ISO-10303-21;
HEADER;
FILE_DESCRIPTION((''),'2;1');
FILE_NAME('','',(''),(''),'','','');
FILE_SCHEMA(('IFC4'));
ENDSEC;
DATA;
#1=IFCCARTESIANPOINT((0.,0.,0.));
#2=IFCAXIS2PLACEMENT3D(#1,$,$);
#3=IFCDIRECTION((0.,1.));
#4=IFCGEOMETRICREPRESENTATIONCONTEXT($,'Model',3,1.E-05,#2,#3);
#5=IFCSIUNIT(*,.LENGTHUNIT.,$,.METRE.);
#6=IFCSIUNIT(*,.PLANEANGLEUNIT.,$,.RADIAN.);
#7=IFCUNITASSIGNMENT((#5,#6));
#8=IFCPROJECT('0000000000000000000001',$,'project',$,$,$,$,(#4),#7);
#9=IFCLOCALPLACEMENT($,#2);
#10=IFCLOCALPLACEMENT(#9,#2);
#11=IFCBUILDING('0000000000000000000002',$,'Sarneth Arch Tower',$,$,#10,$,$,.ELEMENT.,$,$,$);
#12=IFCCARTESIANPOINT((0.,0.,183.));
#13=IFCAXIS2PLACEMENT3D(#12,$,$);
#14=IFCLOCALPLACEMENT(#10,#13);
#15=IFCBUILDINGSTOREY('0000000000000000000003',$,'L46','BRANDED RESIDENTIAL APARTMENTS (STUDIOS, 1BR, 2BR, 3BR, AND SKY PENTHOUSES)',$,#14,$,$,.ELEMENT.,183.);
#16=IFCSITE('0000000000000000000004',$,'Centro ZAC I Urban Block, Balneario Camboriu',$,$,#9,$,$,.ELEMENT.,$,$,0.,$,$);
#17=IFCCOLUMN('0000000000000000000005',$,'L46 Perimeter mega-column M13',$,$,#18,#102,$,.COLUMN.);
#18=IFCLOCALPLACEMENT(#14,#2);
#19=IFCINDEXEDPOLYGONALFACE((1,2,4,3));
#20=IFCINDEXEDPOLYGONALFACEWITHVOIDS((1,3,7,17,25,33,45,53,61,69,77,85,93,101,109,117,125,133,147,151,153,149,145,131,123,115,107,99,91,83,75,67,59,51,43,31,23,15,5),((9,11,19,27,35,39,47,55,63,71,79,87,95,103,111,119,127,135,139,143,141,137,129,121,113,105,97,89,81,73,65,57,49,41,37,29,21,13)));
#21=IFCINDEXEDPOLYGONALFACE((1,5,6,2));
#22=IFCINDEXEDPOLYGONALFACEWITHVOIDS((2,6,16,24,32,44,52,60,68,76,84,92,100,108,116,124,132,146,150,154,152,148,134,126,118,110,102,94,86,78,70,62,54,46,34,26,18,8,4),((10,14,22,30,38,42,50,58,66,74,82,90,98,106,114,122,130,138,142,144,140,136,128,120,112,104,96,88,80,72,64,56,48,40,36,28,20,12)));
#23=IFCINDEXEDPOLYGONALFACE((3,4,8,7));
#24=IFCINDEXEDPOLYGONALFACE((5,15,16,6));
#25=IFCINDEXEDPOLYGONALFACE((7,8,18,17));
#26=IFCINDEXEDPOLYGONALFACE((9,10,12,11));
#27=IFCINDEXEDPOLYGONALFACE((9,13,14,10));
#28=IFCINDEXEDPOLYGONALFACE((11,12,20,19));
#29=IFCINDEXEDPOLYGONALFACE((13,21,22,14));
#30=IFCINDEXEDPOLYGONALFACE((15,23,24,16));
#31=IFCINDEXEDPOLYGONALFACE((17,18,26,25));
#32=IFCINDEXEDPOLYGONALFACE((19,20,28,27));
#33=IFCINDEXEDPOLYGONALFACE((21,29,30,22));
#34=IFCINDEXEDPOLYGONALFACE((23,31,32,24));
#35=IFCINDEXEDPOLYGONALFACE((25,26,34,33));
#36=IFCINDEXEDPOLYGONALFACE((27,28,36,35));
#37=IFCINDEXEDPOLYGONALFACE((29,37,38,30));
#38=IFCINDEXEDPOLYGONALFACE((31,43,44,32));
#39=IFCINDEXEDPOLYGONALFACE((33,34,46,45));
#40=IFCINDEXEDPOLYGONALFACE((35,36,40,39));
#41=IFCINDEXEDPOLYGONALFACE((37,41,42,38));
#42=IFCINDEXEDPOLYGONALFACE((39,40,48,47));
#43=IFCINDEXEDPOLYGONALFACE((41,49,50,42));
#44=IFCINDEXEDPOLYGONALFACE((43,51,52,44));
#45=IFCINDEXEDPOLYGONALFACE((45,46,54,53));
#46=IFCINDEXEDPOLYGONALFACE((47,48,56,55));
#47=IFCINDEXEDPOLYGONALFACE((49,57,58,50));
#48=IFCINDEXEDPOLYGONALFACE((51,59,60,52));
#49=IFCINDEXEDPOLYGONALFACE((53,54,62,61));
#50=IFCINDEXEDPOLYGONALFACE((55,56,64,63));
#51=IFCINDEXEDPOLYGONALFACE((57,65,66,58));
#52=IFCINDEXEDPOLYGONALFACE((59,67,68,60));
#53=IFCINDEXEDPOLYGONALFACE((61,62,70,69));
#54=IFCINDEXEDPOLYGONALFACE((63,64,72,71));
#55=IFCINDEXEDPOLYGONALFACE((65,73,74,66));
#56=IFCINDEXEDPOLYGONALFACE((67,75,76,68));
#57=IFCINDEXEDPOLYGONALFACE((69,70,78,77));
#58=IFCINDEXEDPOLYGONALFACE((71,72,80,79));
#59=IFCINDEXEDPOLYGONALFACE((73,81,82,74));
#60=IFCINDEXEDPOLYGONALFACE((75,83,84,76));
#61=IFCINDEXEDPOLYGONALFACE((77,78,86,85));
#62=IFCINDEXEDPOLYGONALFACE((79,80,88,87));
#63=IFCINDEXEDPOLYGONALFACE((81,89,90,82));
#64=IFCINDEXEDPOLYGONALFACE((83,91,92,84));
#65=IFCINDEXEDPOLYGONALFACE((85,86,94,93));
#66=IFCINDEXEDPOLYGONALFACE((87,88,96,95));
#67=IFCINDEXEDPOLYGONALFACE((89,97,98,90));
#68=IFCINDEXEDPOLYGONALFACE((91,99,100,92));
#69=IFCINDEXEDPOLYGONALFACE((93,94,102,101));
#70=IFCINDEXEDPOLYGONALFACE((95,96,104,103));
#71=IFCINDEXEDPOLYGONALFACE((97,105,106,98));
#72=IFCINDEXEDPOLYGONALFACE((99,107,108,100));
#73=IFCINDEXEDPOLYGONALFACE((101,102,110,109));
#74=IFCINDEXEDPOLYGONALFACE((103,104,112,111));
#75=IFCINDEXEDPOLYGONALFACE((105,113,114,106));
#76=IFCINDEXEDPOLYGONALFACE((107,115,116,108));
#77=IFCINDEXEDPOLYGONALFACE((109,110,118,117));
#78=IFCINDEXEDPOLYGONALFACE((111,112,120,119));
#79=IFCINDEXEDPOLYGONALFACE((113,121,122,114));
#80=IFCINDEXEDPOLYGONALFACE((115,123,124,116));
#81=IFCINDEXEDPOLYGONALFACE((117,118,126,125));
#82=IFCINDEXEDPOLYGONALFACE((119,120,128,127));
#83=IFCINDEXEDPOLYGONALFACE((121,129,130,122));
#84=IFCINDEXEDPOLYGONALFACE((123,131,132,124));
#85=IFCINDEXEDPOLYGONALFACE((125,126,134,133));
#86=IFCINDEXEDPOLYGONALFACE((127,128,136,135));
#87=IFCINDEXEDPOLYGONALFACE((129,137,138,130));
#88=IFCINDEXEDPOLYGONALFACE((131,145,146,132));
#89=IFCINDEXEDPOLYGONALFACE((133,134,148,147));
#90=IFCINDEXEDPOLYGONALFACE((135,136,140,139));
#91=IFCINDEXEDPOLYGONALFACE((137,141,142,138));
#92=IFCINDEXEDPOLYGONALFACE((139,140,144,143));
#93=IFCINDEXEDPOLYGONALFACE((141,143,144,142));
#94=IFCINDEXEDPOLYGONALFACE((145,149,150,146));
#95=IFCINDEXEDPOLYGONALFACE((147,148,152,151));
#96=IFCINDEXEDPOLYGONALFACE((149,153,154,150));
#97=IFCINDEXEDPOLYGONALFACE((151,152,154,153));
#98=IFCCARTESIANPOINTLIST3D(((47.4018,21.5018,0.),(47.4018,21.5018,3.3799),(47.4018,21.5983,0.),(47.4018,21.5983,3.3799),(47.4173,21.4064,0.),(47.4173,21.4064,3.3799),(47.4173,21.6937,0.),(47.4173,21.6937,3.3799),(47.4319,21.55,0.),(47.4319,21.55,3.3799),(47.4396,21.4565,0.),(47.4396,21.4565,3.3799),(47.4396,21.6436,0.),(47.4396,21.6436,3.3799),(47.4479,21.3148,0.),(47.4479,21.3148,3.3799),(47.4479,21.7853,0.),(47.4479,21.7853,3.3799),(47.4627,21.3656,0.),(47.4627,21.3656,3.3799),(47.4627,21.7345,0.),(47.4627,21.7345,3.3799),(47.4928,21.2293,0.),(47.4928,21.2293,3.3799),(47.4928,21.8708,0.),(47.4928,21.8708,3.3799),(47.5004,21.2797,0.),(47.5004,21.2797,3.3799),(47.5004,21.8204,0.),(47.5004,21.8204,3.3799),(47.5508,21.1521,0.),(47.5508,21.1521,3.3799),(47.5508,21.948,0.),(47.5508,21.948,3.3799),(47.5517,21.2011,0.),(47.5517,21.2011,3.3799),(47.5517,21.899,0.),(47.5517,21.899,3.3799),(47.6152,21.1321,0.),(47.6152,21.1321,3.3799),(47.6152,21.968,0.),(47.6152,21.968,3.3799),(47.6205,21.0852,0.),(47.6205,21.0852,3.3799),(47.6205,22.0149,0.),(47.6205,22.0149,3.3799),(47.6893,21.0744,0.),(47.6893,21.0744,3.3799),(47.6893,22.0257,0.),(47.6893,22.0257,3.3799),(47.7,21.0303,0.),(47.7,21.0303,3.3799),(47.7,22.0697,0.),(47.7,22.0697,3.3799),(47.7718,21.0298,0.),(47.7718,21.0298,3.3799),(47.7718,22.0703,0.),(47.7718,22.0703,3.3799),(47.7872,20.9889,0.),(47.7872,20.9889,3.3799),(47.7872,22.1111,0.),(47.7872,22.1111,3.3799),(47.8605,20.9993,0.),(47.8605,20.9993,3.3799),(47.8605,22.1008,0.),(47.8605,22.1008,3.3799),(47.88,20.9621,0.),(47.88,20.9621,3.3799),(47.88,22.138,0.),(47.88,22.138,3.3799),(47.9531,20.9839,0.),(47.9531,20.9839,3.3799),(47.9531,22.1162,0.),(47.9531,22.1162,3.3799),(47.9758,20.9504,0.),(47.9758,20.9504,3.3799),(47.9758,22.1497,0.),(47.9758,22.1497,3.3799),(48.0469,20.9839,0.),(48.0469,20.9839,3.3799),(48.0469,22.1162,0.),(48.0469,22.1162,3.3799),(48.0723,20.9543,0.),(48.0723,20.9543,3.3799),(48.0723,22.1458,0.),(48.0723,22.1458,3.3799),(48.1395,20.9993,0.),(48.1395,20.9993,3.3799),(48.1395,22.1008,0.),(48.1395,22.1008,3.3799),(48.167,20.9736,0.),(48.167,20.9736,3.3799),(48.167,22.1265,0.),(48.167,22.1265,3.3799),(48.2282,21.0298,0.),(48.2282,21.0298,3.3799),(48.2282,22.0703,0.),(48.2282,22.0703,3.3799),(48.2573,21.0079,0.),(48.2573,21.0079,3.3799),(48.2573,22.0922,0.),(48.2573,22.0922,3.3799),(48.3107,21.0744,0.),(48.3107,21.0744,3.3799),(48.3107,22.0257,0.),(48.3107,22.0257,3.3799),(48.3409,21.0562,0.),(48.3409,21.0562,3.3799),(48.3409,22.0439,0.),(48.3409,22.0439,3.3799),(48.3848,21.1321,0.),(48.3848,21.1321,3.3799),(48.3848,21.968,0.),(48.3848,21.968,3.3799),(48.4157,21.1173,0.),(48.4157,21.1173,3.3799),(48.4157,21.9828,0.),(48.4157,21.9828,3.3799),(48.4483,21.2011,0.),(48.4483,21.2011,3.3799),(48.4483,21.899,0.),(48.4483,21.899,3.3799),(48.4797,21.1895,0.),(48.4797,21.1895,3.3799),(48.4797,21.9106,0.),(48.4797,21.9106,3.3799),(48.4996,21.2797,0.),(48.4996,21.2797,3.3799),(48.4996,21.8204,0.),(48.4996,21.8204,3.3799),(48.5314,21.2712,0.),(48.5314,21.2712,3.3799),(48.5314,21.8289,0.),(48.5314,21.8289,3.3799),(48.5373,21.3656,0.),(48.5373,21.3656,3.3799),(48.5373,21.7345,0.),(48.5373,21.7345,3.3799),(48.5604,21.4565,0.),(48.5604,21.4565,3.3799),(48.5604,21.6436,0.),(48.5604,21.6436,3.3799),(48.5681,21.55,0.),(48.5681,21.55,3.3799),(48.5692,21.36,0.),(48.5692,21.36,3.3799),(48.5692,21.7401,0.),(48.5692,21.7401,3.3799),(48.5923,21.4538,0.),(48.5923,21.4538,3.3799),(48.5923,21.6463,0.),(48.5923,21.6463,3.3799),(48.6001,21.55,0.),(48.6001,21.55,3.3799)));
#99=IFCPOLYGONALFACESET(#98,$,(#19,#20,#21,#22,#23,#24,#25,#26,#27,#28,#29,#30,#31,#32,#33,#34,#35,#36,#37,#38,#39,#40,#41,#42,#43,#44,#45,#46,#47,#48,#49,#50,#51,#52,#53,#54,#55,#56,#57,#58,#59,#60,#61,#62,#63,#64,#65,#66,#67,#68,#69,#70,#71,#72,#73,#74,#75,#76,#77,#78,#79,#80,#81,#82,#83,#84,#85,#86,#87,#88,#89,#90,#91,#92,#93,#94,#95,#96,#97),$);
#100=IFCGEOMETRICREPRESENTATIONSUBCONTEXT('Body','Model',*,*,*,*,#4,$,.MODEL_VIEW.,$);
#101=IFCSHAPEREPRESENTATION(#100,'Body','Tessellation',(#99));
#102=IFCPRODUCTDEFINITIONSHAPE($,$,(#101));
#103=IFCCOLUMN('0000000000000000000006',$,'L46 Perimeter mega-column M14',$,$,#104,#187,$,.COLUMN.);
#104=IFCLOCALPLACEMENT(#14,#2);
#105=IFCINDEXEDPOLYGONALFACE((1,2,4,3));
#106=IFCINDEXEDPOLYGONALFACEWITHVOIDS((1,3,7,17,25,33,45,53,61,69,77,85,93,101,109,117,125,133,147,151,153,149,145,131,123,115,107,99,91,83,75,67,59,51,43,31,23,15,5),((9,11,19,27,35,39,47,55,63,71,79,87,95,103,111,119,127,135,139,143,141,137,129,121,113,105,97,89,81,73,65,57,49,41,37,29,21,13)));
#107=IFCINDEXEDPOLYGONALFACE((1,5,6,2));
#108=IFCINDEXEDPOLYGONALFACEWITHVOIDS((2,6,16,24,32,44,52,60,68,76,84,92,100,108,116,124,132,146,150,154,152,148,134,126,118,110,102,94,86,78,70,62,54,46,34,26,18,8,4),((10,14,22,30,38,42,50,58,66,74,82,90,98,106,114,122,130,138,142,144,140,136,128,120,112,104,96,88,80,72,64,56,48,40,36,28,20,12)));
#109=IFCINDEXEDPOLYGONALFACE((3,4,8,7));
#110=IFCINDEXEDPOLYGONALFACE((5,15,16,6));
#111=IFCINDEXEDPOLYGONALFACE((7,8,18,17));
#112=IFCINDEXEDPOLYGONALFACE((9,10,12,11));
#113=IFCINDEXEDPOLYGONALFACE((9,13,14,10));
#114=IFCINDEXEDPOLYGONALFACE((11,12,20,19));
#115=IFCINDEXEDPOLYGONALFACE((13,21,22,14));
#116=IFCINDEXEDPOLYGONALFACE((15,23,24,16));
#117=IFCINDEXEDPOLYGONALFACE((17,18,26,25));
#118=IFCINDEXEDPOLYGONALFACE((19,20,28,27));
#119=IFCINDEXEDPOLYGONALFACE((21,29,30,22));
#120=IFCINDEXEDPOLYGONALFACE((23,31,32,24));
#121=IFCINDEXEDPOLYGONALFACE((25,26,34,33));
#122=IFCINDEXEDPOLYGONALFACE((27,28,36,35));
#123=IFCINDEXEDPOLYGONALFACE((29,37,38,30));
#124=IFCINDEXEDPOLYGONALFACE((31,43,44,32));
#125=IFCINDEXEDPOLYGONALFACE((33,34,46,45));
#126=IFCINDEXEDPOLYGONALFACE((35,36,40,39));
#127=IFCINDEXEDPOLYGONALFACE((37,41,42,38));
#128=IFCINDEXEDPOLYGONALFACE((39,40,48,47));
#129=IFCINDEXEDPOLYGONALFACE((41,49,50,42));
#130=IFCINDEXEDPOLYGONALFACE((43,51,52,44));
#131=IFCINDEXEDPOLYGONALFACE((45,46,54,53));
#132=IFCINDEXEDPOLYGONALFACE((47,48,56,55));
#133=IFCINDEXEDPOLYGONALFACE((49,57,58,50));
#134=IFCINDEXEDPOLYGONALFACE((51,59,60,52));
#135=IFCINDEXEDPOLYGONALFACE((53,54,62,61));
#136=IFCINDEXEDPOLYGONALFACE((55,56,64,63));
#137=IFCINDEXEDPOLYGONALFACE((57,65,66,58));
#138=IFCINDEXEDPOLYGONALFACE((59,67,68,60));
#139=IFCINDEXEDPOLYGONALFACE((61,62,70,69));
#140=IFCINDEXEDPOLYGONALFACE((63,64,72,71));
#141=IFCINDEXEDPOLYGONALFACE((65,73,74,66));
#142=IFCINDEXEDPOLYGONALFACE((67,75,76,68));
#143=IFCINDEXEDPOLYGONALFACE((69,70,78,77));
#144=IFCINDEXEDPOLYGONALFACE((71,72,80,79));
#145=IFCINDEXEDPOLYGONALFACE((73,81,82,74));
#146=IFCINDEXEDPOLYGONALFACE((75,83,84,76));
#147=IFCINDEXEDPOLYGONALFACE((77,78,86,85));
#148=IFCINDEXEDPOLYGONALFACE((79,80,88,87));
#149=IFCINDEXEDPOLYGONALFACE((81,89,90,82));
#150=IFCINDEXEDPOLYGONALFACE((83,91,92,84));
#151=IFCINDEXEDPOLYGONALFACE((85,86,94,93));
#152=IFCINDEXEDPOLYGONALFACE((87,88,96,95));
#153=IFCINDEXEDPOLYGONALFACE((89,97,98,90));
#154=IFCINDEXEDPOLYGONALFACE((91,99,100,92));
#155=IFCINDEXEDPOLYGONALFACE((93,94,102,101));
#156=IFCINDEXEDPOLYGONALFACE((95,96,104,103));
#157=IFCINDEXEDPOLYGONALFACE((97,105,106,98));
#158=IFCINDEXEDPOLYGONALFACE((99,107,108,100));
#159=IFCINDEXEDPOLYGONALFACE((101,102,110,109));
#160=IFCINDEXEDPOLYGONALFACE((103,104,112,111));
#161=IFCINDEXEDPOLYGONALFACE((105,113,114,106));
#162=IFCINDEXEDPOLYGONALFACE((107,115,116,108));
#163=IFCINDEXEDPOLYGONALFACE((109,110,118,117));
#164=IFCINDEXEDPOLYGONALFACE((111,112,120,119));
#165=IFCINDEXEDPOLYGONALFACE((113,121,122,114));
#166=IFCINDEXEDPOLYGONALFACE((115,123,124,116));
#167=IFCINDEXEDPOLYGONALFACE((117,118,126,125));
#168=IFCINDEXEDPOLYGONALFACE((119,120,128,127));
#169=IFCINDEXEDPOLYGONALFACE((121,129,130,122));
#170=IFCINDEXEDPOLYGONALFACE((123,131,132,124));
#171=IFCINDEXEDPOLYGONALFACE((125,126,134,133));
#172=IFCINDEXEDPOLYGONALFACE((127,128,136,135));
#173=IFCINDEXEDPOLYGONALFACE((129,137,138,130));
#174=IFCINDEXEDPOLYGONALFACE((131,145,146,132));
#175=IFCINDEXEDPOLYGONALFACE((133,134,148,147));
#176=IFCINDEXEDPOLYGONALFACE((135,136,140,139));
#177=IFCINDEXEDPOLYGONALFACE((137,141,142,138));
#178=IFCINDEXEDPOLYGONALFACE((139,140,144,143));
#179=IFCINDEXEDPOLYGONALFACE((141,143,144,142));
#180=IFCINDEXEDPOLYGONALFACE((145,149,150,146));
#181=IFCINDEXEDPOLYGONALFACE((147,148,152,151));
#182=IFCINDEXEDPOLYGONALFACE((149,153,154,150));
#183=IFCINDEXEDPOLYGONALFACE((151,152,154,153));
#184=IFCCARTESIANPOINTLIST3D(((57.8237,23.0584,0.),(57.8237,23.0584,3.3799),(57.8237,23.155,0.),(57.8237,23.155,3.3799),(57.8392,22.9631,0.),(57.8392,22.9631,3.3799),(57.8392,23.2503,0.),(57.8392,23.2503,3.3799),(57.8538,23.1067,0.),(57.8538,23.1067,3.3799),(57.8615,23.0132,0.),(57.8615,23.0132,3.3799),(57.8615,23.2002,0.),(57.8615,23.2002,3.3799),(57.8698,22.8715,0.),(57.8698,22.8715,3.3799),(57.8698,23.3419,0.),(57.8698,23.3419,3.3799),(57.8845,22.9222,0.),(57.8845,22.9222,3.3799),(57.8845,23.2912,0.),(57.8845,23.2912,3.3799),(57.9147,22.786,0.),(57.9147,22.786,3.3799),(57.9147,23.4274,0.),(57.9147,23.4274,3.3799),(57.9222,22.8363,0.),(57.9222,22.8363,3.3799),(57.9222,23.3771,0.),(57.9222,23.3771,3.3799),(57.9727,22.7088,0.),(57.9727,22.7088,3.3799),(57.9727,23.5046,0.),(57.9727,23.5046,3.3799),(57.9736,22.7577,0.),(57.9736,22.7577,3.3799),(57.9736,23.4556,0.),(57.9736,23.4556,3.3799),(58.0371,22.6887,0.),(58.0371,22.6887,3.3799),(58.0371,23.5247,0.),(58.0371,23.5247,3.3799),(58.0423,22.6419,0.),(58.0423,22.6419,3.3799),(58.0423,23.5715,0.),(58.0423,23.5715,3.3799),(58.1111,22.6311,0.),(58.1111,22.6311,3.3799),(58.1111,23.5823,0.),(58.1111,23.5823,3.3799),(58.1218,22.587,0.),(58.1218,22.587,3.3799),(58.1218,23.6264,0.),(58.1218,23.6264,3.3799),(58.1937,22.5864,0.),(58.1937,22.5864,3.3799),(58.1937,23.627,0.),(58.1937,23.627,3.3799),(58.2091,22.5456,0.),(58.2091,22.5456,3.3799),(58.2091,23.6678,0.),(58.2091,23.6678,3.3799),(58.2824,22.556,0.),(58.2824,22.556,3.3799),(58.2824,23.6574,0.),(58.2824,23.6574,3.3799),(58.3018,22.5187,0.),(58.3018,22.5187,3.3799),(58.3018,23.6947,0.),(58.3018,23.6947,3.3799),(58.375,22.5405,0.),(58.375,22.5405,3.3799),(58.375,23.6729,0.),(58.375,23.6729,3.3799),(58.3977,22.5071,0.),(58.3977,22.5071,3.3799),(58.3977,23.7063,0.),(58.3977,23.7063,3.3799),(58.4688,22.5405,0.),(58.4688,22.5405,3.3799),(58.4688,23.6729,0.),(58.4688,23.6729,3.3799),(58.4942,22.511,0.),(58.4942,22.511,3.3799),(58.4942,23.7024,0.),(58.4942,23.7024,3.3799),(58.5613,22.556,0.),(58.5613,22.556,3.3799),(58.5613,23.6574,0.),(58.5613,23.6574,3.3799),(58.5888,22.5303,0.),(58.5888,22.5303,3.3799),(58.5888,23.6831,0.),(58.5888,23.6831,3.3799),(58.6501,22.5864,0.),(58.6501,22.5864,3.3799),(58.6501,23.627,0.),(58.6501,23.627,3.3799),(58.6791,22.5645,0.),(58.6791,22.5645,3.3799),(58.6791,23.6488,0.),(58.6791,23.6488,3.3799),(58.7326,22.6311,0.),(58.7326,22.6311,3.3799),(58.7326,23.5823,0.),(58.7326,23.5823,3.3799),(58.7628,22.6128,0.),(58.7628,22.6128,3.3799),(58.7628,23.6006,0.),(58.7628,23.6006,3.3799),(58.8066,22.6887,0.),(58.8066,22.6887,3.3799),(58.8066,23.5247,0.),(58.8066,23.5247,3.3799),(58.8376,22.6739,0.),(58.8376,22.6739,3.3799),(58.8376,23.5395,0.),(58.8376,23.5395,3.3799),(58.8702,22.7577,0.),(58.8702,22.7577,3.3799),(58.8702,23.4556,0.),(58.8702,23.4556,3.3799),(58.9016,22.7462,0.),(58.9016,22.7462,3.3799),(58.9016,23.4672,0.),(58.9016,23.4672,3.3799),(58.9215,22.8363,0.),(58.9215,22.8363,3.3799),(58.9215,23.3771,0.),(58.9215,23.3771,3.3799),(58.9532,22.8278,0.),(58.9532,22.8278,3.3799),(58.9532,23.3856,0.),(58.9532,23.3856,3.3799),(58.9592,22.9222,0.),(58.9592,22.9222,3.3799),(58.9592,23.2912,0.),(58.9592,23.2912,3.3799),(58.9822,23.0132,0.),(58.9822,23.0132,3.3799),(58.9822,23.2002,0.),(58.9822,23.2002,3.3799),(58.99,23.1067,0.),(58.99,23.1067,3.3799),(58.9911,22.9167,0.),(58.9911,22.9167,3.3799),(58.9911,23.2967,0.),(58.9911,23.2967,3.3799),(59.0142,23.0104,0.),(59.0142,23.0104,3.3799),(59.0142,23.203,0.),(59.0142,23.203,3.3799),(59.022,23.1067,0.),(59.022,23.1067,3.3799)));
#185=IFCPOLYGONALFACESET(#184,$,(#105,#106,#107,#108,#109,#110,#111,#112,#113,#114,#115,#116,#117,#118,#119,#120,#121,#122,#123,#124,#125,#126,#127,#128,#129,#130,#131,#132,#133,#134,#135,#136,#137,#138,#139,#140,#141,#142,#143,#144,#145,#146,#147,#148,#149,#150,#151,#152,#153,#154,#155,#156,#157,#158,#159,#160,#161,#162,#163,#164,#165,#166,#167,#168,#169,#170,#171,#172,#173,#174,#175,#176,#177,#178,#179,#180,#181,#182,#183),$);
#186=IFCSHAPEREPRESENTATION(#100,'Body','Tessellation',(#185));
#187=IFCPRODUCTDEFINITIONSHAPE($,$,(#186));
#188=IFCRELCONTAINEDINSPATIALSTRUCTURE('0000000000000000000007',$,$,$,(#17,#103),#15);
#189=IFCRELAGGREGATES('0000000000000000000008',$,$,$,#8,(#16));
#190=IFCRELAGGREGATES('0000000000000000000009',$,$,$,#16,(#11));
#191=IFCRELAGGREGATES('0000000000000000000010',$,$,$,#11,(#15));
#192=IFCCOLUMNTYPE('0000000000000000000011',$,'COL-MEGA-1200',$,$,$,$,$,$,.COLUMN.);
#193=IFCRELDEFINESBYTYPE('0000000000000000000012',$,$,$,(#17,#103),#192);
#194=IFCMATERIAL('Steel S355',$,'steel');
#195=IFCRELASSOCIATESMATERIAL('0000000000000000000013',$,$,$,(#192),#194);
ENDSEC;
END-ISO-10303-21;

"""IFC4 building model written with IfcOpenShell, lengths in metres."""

from ifc_helpers import new_model, si_unit, direction, frame, origin, origin_2d, place, context, subcontext, project, spatial, hollow_circle, extrude, material, material_profile, profile_set, type_object, element, save


model = new_model("IFC4")

# Units and contexts
model_context = context("Model", 3, precision=1e-05, world=origin(), true_north=direction((0.0, 1.0)))
body_context = subcontext(model_context, "Body", "Model", "MODEL_VIEW")
ifc_project = project(units=[si_unit("LENGTHUNIT", "METRE"), si_unit("PLANEANGLEUNIT", "RADIAN")], contexts=[model_context])

# Site, building, storey
site_placement = place(None, origin())
site = spatial("IfcSite", under=ifc_project, at=site_placement, Name="Centro ZAC I Urban Block, Balneario Camboriu", CompositionType="ELEMENT", RefElevation=0.0)
building_placement = place(site_placement, origin())
building = spatial("IfcBuilding", under=site, at=building_placement, Name="Sarneth Arch Tower", CompositionType="ELEMENT")
storey_placement = place(building_placement, frame((0.0, 0.0, 183.0)))
storey = spatial("IfcBuildingStorey", under=building, at=storey_placement, Name="L46", Description="BRANDED RESIDENTIAL APARTMENTS (STUDIOS, 1BR, 2BR, 3BR, AND SKY PENTHOUSES)", CompositionType="ELEMENT", Elevation=183.0)

# Columns
ifc_material_1 = material(Name="Steel S355", Category="steel")
ifc_material_profile_1 = material_profile(ifc_material_1, hollow_circle(Radius=0.6001, WallThickness=0.032, at=origin_2d()), Name="CHS1200x32")
ifc_profile_set_1 = profile_set([ifc_material_profile_1], Name="Steel S355")
column_type = type_object("IfcColumnType", Name="COL-MEGA-1200", PredefinedType="COLUMN", material=ifc_profile_set_1)
for number, where, z_axis, x_axis, name in (
    (1, (48.0, 21.55, 0.0), (0.0, 0.0, 1.0), (1.0, 0.0, 0.0), "L46 Perimeter mega-column M13"),
    (2, (58.4219, 23.1067, 0.0), (0.0, 0.0, 1.0), (1.0, 0.0, 0.0), "L46 Perimeter mega-column M14"),
):
    element("IfcColumn", number, at=place(storey_placement, frame(where, z_axis=z_axis, x_axis=x_axis)), inside=storey, type_object=column_type, Name=name, PredefinedType="COLUMN", context=body_context, shape_type="SweptSolid", body=[
        extrude(hollow_circle(Radius=0.6001, WallThickness=0.032, at=origin_2d()), origin(), (0.0, 0.0, 1.0), 3.3799),
    ])

save(model, "model.ifc")
